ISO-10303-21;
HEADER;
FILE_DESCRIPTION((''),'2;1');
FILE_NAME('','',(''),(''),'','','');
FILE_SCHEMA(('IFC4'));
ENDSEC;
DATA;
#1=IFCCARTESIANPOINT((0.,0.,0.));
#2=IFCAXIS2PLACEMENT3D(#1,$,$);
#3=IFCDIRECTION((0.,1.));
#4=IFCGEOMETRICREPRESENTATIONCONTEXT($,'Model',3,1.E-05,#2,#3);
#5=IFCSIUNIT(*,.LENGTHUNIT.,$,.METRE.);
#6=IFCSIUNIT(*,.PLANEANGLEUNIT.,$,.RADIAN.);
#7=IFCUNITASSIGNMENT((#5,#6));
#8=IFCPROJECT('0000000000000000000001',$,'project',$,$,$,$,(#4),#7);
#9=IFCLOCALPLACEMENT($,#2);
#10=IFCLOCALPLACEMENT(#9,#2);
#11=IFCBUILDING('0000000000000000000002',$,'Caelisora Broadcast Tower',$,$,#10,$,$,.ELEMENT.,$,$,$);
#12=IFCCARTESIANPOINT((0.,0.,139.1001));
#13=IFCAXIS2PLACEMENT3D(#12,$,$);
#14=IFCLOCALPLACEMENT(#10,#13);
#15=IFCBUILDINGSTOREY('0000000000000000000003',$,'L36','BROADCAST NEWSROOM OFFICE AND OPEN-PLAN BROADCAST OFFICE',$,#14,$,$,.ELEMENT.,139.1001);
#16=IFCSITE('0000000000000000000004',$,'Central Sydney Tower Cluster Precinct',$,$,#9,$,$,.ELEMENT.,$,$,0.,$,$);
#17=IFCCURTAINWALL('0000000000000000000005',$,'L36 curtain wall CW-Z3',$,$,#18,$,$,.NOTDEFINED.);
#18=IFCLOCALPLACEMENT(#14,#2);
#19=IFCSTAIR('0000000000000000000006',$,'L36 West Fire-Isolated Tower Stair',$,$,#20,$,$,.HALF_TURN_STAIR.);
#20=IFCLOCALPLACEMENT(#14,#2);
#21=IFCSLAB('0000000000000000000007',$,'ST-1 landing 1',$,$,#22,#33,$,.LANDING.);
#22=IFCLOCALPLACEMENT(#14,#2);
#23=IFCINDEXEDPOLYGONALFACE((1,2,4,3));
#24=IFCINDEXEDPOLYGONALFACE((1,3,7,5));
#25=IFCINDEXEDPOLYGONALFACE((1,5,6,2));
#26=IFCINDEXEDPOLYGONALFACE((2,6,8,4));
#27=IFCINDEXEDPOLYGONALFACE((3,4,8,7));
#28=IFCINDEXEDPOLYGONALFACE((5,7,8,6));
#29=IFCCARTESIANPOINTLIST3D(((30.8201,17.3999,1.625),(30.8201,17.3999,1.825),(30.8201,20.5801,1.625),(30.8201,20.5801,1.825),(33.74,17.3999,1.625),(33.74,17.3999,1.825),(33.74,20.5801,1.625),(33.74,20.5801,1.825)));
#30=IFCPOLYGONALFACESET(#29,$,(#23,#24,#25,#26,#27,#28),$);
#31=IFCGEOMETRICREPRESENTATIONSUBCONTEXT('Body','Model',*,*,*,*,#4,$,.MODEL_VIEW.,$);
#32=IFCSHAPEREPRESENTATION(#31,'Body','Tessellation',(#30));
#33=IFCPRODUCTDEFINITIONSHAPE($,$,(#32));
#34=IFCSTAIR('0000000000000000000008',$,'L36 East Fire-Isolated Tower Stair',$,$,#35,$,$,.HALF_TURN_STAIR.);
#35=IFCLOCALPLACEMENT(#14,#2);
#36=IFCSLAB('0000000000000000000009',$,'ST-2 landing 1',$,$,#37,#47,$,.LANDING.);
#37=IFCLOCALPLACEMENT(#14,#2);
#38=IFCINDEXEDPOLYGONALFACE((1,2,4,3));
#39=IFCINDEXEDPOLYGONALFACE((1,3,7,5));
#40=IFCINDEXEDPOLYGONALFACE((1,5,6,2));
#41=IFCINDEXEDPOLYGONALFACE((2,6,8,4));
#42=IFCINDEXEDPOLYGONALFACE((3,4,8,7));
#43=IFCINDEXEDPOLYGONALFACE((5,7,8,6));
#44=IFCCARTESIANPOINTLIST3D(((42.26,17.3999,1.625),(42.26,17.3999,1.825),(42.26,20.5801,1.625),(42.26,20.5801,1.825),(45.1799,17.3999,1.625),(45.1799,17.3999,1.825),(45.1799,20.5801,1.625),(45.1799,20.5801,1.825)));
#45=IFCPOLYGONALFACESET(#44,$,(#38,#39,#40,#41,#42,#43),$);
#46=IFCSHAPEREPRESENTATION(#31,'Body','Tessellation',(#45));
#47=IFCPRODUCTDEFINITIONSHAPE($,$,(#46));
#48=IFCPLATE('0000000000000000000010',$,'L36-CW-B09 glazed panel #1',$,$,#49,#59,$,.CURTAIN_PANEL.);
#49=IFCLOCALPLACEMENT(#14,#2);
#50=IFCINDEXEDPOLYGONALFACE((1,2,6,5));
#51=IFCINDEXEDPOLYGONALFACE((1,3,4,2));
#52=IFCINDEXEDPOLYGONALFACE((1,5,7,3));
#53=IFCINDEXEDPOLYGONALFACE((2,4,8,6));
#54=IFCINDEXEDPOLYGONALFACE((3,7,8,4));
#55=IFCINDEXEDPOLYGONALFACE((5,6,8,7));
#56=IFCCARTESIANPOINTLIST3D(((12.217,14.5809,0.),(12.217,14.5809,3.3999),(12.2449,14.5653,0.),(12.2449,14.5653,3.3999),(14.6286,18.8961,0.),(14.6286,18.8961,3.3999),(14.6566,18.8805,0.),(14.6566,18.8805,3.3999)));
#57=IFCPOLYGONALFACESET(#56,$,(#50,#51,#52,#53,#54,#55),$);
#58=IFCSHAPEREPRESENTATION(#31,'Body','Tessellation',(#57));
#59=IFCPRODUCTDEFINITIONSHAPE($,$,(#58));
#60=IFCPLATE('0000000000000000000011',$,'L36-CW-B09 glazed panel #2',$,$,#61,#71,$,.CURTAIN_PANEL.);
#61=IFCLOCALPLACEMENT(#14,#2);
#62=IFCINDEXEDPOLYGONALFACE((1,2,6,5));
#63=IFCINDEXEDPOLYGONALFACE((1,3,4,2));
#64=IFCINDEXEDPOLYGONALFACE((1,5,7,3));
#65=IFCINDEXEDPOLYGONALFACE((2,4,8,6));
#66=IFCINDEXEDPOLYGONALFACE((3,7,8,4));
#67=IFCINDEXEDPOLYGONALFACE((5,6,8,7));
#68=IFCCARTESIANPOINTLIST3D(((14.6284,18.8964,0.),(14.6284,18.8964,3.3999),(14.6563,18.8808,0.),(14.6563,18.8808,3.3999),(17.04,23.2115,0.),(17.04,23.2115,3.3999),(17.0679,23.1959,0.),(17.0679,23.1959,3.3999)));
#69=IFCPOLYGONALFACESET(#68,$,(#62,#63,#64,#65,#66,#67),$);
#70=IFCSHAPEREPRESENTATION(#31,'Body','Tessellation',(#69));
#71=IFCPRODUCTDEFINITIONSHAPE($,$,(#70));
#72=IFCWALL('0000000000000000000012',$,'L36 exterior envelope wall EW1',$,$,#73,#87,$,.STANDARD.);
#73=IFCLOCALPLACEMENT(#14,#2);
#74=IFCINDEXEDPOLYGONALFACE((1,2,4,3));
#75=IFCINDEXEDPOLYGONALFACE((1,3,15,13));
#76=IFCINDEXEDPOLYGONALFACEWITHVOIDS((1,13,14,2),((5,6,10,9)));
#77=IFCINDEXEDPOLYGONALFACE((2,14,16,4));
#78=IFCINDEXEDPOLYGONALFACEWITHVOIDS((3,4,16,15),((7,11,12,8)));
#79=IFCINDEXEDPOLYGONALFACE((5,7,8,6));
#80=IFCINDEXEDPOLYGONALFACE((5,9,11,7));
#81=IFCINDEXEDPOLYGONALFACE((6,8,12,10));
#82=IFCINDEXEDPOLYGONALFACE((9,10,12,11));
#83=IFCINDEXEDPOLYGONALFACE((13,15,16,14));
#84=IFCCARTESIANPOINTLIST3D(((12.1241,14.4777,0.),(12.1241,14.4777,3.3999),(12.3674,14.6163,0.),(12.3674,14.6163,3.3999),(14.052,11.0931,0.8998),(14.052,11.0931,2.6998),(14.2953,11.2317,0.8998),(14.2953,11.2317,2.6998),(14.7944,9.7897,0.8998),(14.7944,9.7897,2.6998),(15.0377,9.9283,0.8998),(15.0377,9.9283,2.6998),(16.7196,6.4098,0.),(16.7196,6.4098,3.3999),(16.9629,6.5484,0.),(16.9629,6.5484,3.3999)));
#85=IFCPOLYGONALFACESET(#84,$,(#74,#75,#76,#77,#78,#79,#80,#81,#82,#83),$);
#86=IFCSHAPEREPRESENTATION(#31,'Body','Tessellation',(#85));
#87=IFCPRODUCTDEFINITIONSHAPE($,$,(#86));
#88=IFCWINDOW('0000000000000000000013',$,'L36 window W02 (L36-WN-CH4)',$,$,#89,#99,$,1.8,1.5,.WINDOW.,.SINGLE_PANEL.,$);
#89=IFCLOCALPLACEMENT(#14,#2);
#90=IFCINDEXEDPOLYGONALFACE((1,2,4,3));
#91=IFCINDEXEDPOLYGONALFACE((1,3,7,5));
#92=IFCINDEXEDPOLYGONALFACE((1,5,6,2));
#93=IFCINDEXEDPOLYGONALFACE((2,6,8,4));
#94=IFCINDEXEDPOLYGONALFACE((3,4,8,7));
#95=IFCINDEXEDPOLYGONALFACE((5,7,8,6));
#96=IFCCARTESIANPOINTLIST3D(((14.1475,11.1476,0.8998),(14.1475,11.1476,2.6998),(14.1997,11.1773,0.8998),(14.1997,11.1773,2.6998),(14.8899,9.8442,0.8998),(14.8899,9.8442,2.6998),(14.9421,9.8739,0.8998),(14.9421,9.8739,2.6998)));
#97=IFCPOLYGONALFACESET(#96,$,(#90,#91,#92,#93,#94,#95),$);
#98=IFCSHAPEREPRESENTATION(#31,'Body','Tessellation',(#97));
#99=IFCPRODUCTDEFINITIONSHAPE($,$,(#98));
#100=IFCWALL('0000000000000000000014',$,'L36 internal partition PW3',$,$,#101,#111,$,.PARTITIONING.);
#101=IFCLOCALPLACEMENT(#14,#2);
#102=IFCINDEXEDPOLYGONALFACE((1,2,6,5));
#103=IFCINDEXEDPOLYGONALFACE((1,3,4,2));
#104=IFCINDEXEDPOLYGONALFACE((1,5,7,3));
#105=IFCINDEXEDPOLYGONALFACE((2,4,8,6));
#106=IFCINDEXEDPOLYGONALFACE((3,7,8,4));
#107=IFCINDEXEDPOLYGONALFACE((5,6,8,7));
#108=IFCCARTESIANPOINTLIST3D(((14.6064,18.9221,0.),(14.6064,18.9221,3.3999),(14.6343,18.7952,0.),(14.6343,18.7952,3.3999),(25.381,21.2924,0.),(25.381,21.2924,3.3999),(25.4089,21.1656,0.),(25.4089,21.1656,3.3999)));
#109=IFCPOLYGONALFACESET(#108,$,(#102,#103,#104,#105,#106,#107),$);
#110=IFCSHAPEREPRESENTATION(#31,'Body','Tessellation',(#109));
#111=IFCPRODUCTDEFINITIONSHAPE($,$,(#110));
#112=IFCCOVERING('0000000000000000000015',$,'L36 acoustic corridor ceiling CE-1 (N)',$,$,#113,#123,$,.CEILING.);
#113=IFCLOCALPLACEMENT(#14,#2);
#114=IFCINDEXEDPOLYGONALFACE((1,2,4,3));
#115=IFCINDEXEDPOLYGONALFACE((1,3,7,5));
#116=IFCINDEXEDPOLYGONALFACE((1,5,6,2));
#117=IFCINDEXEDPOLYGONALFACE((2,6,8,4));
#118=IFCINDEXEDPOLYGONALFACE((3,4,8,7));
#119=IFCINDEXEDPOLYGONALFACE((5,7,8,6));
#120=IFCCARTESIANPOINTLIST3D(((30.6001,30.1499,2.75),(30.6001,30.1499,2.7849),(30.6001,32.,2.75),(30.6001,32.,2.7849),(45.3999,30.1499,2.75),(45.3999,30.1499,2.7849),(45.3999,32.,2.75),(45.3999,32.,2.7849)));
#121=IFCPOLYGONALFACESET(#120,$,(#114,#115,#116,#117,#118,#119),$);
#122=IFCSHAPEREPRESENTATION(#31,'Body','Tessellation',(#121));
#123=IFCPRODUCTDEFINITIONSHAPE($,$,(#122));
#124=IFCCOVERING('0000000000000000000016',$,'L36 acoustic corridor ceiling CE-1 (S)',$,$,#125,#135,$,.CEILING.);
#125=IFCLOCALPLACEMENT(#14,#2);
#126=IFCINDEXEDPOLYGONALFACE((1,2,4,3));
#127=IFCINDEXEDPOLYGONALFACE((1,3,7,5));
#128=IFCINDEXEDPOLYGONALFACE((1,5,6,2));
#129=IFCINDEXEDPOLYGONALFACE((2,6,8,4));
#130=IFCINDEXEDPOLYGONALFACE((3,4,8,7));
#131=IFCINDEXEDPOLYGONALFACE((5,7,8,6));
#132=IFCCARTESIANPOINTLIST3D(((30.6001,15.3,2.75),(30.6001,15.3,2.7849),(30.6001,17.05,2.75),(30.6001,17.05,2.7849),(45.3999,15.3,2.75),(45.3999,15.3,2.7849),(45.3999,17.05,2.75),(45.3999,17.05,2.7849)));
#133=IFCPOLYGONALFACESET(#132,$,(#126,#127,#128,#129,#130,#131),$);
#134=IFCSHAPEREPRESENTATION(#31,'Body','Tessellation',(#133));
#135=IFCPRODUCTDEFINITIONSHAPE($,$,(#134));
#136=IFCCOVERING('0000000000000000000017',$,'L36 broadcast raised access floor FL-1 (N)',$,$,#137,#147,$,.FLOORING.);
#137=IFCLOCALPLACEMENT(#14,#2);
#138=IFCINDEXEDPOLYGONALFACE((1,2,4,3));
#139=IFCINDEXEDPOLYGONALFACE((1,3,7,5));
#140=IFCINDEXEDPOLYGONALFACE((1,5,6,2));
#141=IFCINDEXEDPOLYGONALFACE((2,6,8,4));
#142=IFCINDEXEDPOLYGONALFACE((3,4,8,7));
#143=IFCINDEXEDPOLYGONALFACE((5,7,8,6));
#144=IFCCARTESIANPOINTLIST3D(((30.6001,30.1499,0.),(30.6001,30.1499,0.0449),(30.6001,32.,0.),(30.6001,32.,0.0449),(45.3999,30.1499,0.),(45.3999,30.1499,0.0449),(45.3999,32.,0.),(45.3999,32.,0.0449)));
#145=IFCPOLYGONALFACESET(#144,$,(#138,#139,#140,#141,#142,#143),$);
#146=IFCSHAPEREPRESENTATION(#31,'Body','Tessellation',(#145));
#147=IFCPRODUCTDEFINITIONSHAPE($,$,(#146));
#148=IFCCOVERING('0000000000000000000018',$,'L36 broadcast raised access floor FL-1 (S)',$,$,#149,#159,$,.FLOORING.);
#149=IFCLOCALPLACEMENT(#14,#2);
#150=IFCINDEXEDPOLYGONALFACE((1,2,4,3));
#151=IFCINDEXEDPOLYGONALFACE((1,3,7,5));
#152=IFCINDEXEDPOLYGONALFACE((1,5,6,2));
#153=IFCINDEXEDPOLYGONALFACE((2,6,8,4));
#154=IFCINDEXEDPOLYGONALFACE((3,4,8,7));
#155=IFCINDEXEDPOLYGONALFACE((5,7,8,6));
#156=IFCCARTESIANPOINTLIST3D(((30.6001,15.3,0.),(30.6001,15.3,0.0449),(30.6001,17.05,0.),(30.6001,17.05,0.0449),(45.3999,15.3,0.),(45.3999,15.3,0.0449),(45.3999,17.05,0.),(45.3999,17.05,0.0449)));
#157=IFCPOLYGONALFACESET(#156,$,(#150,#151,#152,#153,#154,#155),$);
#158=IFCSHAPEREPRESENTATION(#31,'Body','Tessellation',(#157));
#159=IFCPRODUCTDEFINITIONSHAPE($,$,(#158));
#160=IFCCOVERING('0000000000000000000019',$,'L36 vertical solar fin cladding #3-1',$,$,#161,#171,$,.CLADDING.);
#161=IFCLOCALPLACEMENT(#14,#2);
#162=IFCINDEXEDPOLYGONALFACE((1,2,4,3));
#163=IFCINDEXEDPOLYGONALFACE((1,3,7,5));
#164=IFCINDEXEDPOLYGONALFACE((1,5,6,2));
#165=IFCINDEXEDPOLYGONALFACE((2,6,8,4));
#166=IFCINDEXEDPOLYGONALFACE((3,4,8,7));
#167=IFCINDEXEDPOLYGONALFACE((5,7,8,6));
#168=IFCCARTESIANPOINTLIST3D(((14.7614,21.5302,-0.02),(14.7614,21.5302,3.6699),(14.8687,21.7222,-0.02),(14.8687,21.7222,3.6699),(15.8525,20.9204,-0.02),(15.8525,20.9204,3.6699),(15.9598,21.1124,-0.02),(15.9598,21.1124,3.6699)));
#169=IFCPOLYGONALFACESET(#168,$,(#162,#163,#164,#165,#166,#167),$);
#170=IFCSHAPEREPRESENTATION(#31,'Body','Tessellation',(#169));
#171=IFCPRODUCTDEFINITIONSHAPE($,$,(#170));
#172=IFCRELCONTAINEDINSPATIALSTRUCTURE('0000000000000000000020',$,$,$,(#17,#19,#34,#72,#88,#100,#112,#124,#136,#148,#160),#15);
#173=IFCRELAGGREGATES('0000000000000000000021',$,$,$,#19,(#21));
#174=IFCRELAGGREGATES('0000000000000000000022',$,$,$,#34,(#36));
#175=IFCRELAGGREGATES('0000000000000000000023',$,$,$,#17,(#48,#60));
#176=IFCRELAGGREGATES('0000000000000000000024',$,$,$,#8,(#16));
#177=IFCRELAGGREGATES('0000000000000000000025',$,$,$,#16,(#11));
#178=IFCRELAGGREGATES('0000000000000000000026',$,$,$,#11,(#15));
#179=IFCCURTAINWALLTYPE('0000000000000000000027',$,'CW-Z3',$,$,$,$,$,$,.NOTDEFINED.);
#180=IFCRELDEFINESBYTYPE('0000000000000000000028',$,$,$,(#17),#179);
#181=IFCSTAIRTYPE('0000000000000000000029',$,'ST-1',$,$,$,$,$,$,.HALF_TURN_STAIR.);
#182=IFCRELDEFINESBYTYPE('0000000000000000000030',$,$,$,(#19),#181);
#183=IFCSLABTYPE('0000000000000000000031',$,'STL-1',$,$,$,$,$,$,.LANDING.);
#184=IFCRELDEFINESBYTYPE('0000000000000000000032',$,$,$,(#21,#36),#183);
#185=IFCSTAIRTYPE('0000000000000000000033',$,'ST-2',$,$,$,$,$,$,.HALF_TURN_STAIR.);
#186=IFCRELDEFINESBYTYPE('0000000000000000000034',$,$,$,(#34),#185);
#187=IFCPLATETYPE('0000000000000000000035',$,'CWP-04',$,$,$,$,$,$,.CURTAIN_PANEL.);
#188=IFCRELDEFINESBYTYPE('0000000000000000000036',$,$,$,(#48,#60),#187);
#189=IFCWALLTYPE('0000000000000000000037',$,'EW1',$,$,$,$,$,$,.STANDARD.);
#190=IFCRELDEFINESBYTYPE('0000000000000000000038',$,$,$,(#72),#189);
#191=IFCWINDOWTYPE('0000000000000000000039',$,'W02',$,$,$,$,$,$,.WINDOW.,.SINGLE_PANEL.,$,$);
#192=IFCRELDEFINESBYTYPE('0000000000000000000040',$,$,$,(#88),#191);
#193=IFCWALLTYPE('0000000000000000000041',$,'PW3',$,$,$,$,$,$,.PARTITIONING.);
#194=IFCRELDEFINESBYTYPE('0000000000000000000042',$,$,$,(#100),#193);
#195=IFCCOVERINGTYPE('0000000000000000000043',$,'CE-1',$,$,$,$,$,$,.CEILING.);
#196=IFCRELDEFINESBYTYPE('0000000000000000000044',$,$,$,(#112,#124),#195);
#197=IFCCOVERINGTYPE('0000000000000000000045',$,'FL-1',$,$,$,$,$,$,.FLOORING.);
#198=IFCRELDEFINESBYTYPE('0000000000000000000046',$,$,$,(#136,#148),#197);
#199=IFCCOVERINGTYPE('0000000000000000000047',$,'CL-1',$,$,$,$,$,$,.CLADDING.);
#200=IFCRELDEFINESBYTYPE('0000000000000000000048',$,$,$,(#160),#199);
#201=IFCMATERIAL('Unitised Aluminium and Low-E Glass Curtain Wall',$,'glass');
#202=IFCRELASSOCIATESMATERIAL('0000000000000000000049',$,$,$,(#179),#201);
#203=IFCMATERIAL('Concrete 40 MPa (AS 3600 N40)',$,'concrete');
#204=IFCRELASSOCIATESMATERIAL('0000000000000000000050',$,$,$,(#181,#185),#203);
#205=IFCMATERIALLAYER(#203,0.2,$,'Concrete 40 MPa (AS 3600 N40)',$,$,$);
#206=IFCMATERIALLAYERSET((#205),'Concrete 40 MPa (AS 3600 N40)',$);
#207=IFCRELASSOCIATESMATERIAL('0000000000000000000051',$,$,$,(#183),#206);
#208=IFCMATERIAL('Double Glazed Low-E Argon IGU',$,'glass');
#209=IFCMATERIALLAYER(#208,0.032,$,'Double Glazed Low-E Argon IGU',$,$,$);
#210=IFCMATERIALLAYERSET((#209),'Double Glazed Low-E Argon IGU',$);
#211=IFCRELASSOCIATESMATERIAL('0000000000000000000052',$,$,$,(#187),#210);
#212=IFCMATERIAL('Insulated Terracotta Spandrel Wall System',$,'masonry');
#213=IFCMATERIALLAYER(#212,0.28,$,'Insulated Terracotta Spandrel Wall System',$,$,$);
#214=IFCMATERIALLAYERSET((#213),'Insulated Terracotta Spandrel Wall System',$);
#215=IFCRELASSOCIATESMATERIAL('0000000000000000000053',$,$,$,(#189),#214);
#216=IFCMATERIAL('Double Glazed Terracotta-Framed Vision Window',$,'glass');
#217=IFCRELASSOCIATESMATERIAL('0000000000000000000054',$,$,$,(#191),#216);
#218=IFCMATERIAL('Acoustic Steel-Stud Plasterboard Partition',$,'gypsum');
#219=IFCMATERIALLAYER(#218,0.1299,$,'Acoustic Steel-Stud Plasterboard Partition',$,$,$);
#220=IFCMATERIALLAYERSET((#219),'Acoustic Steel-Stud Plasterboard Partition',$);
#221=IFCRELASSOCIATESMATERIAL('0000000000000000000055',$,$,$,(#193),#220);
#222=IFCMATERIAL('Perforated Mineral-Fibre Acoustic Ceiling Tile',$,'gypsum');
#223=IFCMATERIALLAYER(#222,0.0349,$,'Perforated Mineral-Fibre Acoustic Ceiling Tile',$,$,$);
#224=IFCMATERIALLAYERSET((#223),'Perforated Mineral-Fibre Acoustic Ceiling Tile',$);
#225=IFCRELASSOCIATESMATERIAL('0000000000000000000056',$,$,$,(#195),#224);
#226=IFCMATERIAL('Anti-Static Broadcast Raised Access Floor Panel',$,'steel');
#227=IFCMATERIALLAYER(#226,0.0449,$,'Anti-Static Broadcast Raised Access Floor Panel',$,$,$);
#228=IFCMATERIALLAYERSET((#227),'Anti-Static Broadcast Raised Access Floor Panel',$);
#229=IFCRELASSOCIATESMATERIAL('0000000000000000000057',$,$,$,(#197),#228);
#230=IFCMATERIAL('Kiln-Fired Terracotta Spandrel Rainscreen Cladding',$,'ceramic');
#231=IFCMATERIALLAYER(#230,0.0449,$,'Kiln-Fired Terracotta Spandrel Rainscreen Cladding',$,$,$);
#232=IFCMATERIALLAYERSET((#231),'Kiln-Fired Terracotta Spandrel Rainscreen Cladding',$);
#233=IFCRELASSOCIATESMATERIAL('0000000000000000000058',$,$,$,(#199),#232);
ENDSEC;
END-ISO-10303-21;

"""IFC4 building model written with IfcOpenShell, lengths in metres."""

from ifc_helpers import new_model, si_unit, direction, frame, frame_2d, origin, origin_2d, place, context, subcontext, project, spatial, polyline, rectangle, outline, extrude, source, transform, mapped, material, layer, layer_set, type_object, type_shapes, element, fill, aggregate, save


model = new_model("IFC4")

# Units and contexts
model_context = context("Model", 3, precision=1e-05, world=origin(), true_north=direction((0.0, 1.0)))
body_context = subcontext(model_context, "Body", "Model", "MODEL_VIEW")
ifc_project = project(units=[si_unit("LENGTHUNIT", "METRE"), si_unit("PLANEANGLEUNIT", "RADIAN")], contexts=[model_context])

# Site, building, storey
site_placement = place(None, origin())
site = spatial("IfcSite", under=ifc_project, at=site_placement, Name="Central Sydney Tower Cluster Precinct", CompositionType="ELEMENT", RefElevation=0.0)
building_placement = place(site_placement, origin())
building = spatial("IfcBuilding", under=site, at=building_placement, Name="Caelisora Broadcast Tower", CompositionType="ELEMENT")
storey_placement = place(building_placement, frame((0.0, 0.0, 139.1001)))
storey = spatial("IfcBuildingStorey", under=building, at=storey_placement, Name="L36", Description="BROADCAST NEWSROOM OFFICE AND OPEN-PLAN BROADCAST OFFICE", CompositionType="ELEMENT", Elevation=139.1001)

# Curtain wall
ifc_material_1 = material(Name="Unitised Aluminium and Low-E Glass Curtain Wall", Category="glass")
curtain_wall_type = type_object("IfcCurtainWallType", Name="CW-Z3", PredefinedType="NOTDEFINED", material=ifc_material_1)
curtain_wall_placement = place(storey_placement, origin())
curtain_wall = element("IfcCurtainWall", 1, at=curtain_wall_placement, inside=storey, type_object=curtain_wall_type, Name="L36 curtain wall CW-Z3", PredefinedType="NOTDEFINED")

# Shared definitions
ifc_material_2 = material(Name="Concrete 40 MPa (AS 3600 N40)", Category="concrete")

# Stairs, slabs
stair_type_1 = type_object("IfcStairType", Name="ST-1", PredefinedType="HALF_TURN_STAIR", material=ifc_material_2)
stair_1_placement = place(storey_placement, origin())
stair_1 = element("IfcStair", 2, at=stair_1_placement, inside=storey, type_object=stair_type_1, Name="L36 West Fire-Isolated Tower Stair", PredefinedType="HALF_TURN_STAIR")
ifc_layer_1 = layer(ifc_material_2, 0.2, Name="Concrete 40 MPa (AS 3600 N40)")
ifc_layer_set_1 = layer_set([ifc_layer_1], Name="Concrete 40 MPa (AS 3600 N40)")
slab_type_1 = type_object("IfcSlabType", Name="STL-1", PredefinedType="LANDING", material=ifc_layer_set_1)
slab_1_placement = place(storey_placement, frame((0.0, 0.0, 1.625)))
slab_1 = element("IfcSlab", 3, at=slab_1_placement, type_object=slab_type_1, Name="ST-1 landing 1", PredefinedType="LANDING", context=body_context, shape_type="SweptSolid", body=[
    extrude(outline(polyline([(30.8201, 20.5801), (30.8201, 17.3999), (33.74, 17.3999), (33.74, 20.5801), (30.8201, 20.5801)])), origin(), (0.0, 0.0, 1.0), 0.2),
])
aggregate(stair_1, [slab_1])
stair_type_2 = type_object("IfcStairType", Name="ST-2", PredefinedType="HALF_TURN_STAIR", material=ifc_material_2)
stair_2_placement = place(storey_placement, origin())
stair_2 = element("IfcStair", 4, at=stair_2_placement, inside=storey, type_object=stair_type_2, Name="L36 East Fire-Isolated Tower Stair", PredefinedType="HALF_TURN_STAIR")
slab_2_placement = place(storey_placement, frame((0.0, 0.0, 1.625)))
slab_2 = element("IfcSlab", 5, at=slab_2_placement, type_object=slab_type_1, Name="ST-2 landing 1", PredefinedType="LANDING", context=body_context, shape_type="SweptSolid", body=[
    extrude(outline(polyline([(42.26, 20.5801), (42.26, 17.3999), (45.1799, 17.3999), (45.1799, 20.5801), (42.26, 20.5801)])), origin(), (0.0, 0.0, 1.0), 0.2),
])
aggregate(stair_2, [slab_2])

# Plates
ifc_material_3 = material(Name="Double Glazed Low-E Argon IGU", Category="glass")
ifc_layer_2 = layer(ifc_material_3, 0.032, Name="Double Glazed Low-E Argon IGU")
ifc_layer_set_2 = layer_set([ifc_layer_2], Name="Double Glazed Low-E Argon IGU")
plate_type = type_object("IfcPlateType", Name="CWP-04", PredefinedType="CURTAIN_PANEL", material=ifc_layer_set_2)
shared_shape_1 = source(origin(), body_context, "Body", "SweptSolid", [
    extrude(rectangle(XDim=4.9434, YDim=0.032, at=origin_2d()), origin(), (0.0, 0.0, 1.0), 3.3999),
])
type_shapes(plate_type, [shared_shape_1])
plate_1_placement = place(storey_placement, frame((13.4368, 16.7307, 0.0), z_axis=(0.0, 0.0, 1.0), x_axis=(0.48786, 0.872922, 0.0)))
plate_1 = element("IfcPlate", 6, at=plate_1_placement, type_object=plate_type, Name="L36-CW-B09 glazed panel #1", PredefinedType="CURTAIN_PANEL", context=body_context, shape_type="MappedRepresentation", body=[
    mapped(shared_shape_1, transform((0.0, 0.0, 0.0), scale=1.0)),
])
plate_2_placement = place(storey_placement, frame((15.8481, 21.0461, 0.0), z_axis=(0.0, 0.0, 1.0), x_axis=(0.48786, 0.872922, 0.0)))
plate_2 = element("IfcPlate", 7, at=plate_2_placement, type_object=plate_type, Name="L36-CW-B09 glazed panel #2", PredefinedType="CURTAIN_PANEL", context=body_context, shape_type="MappedRepresentation", body=[
    mapped(shared_shape_1, transform((0.0, 0.0, 0.0), scale=1.0)),
])
aggregate(curtain_wall, [plate_1, plate_2])

# Wall, opening, window
ifc_material_4 = material(Name="Insulated Terracotta Spandrel Wall System", Category="masonry")
ifc_layer_3 = layer(ifc_material_4, 0.28, Name="Insulated Terracotta Spandrel Wall System")
ifc_layer_set_3 = layer_set([ifc_layer_3], Name="Insulated Terracotta Spandrel Wall System")
wall_type_1 = type_object("IfcWallType", Name="EW1", PredefinedType="STANDARD", material=ifc_layer_set_3)
wall_1_placement = place(storey_placement, frame((16.8413, 6.479, 0.0), z_axis=(0.0, 0.0, 1.0), x_axis=(-0.494941, 0.868927, 0.0)))
wall_1 = element("IfcWall", 8, at=wall_1_placement, inside=storey, type_object=wall_type_1, Name="L36 exterior envelope wall EW1", PredefinedType="STANDARD", context=body_context, shape_type="SweptSolid", body=[
    extrude(rectangle(XDim=9.2849, YDim=0.28, at=frame_2d((4.6426, 0.0))), origin(), (0.0, 0.0, 1.0), 3.3999),
])
opening_placement = place(wall_1_placement, frame((3.8899, 0.0, 0.8999)))
opening = element("IfcOpeningElement", 9, at=opening_placement, cuts=wall_1, PredefinedType="OPENING", context=body_context, shape_type="SweptSolid", body=[
    extrude(rectangle(XDim=1.5, YDim=1.8, at=frame_2d((0.75, 0.8999))), frame((0.0, 0.1521, 0.0), z_axis=(0.0, -1.0, 0.0), x_axis=(1.0, 0.0, 0.0)), (0.0, 0.0, 1.0), 0.304),
])
ifc_material_5 = material(Name="Double Glazed Terracotta-Framed Vision Window", Category="glass")
window_type = type_object("IfcWindowType", Name="W02", PartitioningType="SINGLE_PANEL", PredefinedType="WINDOW", material=ifc_material_5)
window_placement = place(opening_placement, origin())
window = element("IfcWindow", 10, at=window_placement, inside=storey, type_object=window_type, Name="L36 window W02 (L36-WN-CH4)", OverallHeight=1.8, OverallWidth=1.5, PartitioningType="SINGLE_PANEL", PredefinedType="WINDOW", context=body_context, shape_type="SweptSolid", body=[
    extrude(rectangle(XDim=1.5, YDim=1.8, at=frame_2d((0.75, 0.8999))), frame((0.0, 0.03, 0.0), z_axis=(0.0, -1.0, 0.0), x_axis=(1.0, 0.0, 0.0)), (0.0, 0.0, 1.0), 0.0601),
])
fill(opening, window)

# Wall
ifc_material_6 = material(Name="Acoustic Steel-Stud Plasterboard Partition", Category="gypsum")
ifc_layer_4 = layer(ifc_material_6, 0.1299, Name="Acoustic Steel-Stud Plasterboard Partition")
ifc_layer_set_4 = layer_set([ifc_layer_4], Name="Acoustic Steel-Stud Plasterboard Partition")
wall_type_2 = type_object("IfcWallType", Name="PW3", PredefinedType="PARTITIONING", material=ifc_layer_set_4)
wall_2_placement = place(storey_placement, frame((14.6204, 18.8586, 0.0), z_axis=(0.0, 0.0, 1.0), x_axis=(0.976646, 0.214856, 0.0)))
element("IfcWall", 11, at=wall_2_placement, inside=storey, type_object=wall_type_2, Name="L36 internal partition PW3", PredefinedType="PARTITIONING", context=body_context, shape_type="SweptSolid", body=[
    extrude(rectangle(XDim=11.0322, YDim=0.1299, at=frame_2d((5.5161, 0.0))), origin(), (0.0, 0.0, 1.0), 3.3999),
])

# Coverings
ifc_material_7 = material(Name="Perforated Mineral-Fibre Acoustic Ceiling Tile", Category="gypsum")
ifc_layer_5 = layer(ifc_material_7, 0.0349, Name="Perforated Mineral-Fibre Acoustic Ceiling Tile")
ifc_layer_set_5 = layer_set([ifc_layer_5], Name="Perforated Mineral-Fibre Acoustic Ceiling Tile")
covering_type_1 = type_object("IfcCoveringType", Name="CE-1", PredefinedType="CEILING", material=ifc_layer_set_5)
covering_1_placement = place(storey_placement, frame((0.0, 0.0, 2.75)))
element("IfcCovering", 12, at=covering_1_placement, inside=storey, type_object=covering_type_1, Name="L36 acoustic corridor ceiling CE-1 (N)", PredefinedType="CEILING", context=body_context, shape_type="SweptSolid", body=[
    extrude(outline(polyline([(30.6001, 30.1499), (45.3999, 30.1499), (45.3999, 32.0), (30.6001, 32.0), (30.6001, 30.1499)])), origin(), (0.0, 0.0, 1.0), 0.0349),
])
covering_2_placement = place(storey_placement, frame((0.0, 0.0, 2.75)))
element("IfcCovering", 13, at=covering_2_placement, inside=storey, type_object=covering_type_1, Name="L36 acoustic corridor ceiling CE-1 (S)", PredefinedType="CEILING", context=body_context, shape_type="SweptSolid", body=[
    extrude(outline(polyline([(30.6001, 15.3), (45.3999, 15.3), (45.3999, 17.05), (30.6001, 17.05), (30.6001, 15.3)])), origin(), (0.0, 0.0, 1.0), 0.0349),
])
ifc_material_8 = material(Name="Anti-Static Broadcast Raised Access Floor Panel", Category="steel")
ifc_layer_6 = layer(ifc_material_8, 0.0449, Name="Anti-Static Broadcast Raised Access Floor Panel")
ifc_layer_set_6 = layer_set([ifc_layer_6], Name="Anti-Static Broadcast Raised Access Floor Panel")
covering_type_2 = type_object("IfcCoveringType", Name="FL-1", PredefinedType="FLOORING", material=ifc_layer_set_6)
covering_3_placement = place(storey_placement, origin())
element("IfcCovering", 14, at=covering_3_placement, inside=storey, type_object=covering_type_2, Name="L36 broadcast raised access floor FL-1 (N)", PredefinedType="FLOORING", context=body_context, shape_type="SweptSolid", body=[
    extrude(outline(polyline([(30.6001, 30.1499), (45.3999, 30.1499), (45.3999, 32.0), (30.6001, 32.0), (30.6001, 30.1499)])), origin(), (0.0, 0.0, 1.0), 0.0449),
])
covering_4_placement = place(storey_placement, origin())
element("IfcCovering", 15, at=covering_4_placement, inside=storey, type_object=covering_type_2, Name="L36 broadcast raised access floor FL-1 (S)", PredefinedType="FLOORING", context=body_context, shape_type="SweptSolid", body=[
    extrude(outline(polyline([(30.6001, 15.3), (45.3999, 15.3), (45.3999, 17.05), (30.6001, 17.05), (30.6001, 15.3)])), origin(), (0.0, 0.0, 1.0), 0.0449),
])
ifc_material_9 = material(Name="Kiln-Fired Terracotta Spandrel Rainscreen Cladding", Category="ceramic")
ifc_layer_7 = layer(ifc_material_9, 0.0449, Name="Kiln-Fired Terracotta Spandrel Rainscreen Cladding")
ifc_layer_set_7 = layer_set([ifc_layer_7], Name="Kiln-Fired Terracotta Spandrel Rainscreen Cladding")
covering_type_3 = type_object("IfcCoveringType", Name="CL-1", PredefinedType="CLADDING", material=ifc_layer_set_7)
shared_shape_2 = source(origin(), body_context, "Body", "SweptSolid", [
    extrude(rectangle(XDim=0.22, YDim=1.25, at=origin_2d()), origin(), (0.0, 0.0, 1.0), 3.6899),
])
type_shapes(covering_type_3, [shared_shape_2])
covering_5_placement = place(storey_placement, frame((15.3606, 21.3213, -0.02), z_axis=(0.0, 0.0, 1.0), x_axis=(0.48786, 0.872922, 0.0)))
element("IfcCovering", 16, at=covering_5_placement, inside=storey, type_object=covering_type_3, Name="L36 vertical solar fin cladding #3-1", PredefinedType="CLADDING", context=body_context, shape_type="MappedRepresentation", body=[
    mapped(shared_shape_2, transform((0.0, 0.0, 0.0), scale=1.0)),
])

save(model, "model.ifc")
